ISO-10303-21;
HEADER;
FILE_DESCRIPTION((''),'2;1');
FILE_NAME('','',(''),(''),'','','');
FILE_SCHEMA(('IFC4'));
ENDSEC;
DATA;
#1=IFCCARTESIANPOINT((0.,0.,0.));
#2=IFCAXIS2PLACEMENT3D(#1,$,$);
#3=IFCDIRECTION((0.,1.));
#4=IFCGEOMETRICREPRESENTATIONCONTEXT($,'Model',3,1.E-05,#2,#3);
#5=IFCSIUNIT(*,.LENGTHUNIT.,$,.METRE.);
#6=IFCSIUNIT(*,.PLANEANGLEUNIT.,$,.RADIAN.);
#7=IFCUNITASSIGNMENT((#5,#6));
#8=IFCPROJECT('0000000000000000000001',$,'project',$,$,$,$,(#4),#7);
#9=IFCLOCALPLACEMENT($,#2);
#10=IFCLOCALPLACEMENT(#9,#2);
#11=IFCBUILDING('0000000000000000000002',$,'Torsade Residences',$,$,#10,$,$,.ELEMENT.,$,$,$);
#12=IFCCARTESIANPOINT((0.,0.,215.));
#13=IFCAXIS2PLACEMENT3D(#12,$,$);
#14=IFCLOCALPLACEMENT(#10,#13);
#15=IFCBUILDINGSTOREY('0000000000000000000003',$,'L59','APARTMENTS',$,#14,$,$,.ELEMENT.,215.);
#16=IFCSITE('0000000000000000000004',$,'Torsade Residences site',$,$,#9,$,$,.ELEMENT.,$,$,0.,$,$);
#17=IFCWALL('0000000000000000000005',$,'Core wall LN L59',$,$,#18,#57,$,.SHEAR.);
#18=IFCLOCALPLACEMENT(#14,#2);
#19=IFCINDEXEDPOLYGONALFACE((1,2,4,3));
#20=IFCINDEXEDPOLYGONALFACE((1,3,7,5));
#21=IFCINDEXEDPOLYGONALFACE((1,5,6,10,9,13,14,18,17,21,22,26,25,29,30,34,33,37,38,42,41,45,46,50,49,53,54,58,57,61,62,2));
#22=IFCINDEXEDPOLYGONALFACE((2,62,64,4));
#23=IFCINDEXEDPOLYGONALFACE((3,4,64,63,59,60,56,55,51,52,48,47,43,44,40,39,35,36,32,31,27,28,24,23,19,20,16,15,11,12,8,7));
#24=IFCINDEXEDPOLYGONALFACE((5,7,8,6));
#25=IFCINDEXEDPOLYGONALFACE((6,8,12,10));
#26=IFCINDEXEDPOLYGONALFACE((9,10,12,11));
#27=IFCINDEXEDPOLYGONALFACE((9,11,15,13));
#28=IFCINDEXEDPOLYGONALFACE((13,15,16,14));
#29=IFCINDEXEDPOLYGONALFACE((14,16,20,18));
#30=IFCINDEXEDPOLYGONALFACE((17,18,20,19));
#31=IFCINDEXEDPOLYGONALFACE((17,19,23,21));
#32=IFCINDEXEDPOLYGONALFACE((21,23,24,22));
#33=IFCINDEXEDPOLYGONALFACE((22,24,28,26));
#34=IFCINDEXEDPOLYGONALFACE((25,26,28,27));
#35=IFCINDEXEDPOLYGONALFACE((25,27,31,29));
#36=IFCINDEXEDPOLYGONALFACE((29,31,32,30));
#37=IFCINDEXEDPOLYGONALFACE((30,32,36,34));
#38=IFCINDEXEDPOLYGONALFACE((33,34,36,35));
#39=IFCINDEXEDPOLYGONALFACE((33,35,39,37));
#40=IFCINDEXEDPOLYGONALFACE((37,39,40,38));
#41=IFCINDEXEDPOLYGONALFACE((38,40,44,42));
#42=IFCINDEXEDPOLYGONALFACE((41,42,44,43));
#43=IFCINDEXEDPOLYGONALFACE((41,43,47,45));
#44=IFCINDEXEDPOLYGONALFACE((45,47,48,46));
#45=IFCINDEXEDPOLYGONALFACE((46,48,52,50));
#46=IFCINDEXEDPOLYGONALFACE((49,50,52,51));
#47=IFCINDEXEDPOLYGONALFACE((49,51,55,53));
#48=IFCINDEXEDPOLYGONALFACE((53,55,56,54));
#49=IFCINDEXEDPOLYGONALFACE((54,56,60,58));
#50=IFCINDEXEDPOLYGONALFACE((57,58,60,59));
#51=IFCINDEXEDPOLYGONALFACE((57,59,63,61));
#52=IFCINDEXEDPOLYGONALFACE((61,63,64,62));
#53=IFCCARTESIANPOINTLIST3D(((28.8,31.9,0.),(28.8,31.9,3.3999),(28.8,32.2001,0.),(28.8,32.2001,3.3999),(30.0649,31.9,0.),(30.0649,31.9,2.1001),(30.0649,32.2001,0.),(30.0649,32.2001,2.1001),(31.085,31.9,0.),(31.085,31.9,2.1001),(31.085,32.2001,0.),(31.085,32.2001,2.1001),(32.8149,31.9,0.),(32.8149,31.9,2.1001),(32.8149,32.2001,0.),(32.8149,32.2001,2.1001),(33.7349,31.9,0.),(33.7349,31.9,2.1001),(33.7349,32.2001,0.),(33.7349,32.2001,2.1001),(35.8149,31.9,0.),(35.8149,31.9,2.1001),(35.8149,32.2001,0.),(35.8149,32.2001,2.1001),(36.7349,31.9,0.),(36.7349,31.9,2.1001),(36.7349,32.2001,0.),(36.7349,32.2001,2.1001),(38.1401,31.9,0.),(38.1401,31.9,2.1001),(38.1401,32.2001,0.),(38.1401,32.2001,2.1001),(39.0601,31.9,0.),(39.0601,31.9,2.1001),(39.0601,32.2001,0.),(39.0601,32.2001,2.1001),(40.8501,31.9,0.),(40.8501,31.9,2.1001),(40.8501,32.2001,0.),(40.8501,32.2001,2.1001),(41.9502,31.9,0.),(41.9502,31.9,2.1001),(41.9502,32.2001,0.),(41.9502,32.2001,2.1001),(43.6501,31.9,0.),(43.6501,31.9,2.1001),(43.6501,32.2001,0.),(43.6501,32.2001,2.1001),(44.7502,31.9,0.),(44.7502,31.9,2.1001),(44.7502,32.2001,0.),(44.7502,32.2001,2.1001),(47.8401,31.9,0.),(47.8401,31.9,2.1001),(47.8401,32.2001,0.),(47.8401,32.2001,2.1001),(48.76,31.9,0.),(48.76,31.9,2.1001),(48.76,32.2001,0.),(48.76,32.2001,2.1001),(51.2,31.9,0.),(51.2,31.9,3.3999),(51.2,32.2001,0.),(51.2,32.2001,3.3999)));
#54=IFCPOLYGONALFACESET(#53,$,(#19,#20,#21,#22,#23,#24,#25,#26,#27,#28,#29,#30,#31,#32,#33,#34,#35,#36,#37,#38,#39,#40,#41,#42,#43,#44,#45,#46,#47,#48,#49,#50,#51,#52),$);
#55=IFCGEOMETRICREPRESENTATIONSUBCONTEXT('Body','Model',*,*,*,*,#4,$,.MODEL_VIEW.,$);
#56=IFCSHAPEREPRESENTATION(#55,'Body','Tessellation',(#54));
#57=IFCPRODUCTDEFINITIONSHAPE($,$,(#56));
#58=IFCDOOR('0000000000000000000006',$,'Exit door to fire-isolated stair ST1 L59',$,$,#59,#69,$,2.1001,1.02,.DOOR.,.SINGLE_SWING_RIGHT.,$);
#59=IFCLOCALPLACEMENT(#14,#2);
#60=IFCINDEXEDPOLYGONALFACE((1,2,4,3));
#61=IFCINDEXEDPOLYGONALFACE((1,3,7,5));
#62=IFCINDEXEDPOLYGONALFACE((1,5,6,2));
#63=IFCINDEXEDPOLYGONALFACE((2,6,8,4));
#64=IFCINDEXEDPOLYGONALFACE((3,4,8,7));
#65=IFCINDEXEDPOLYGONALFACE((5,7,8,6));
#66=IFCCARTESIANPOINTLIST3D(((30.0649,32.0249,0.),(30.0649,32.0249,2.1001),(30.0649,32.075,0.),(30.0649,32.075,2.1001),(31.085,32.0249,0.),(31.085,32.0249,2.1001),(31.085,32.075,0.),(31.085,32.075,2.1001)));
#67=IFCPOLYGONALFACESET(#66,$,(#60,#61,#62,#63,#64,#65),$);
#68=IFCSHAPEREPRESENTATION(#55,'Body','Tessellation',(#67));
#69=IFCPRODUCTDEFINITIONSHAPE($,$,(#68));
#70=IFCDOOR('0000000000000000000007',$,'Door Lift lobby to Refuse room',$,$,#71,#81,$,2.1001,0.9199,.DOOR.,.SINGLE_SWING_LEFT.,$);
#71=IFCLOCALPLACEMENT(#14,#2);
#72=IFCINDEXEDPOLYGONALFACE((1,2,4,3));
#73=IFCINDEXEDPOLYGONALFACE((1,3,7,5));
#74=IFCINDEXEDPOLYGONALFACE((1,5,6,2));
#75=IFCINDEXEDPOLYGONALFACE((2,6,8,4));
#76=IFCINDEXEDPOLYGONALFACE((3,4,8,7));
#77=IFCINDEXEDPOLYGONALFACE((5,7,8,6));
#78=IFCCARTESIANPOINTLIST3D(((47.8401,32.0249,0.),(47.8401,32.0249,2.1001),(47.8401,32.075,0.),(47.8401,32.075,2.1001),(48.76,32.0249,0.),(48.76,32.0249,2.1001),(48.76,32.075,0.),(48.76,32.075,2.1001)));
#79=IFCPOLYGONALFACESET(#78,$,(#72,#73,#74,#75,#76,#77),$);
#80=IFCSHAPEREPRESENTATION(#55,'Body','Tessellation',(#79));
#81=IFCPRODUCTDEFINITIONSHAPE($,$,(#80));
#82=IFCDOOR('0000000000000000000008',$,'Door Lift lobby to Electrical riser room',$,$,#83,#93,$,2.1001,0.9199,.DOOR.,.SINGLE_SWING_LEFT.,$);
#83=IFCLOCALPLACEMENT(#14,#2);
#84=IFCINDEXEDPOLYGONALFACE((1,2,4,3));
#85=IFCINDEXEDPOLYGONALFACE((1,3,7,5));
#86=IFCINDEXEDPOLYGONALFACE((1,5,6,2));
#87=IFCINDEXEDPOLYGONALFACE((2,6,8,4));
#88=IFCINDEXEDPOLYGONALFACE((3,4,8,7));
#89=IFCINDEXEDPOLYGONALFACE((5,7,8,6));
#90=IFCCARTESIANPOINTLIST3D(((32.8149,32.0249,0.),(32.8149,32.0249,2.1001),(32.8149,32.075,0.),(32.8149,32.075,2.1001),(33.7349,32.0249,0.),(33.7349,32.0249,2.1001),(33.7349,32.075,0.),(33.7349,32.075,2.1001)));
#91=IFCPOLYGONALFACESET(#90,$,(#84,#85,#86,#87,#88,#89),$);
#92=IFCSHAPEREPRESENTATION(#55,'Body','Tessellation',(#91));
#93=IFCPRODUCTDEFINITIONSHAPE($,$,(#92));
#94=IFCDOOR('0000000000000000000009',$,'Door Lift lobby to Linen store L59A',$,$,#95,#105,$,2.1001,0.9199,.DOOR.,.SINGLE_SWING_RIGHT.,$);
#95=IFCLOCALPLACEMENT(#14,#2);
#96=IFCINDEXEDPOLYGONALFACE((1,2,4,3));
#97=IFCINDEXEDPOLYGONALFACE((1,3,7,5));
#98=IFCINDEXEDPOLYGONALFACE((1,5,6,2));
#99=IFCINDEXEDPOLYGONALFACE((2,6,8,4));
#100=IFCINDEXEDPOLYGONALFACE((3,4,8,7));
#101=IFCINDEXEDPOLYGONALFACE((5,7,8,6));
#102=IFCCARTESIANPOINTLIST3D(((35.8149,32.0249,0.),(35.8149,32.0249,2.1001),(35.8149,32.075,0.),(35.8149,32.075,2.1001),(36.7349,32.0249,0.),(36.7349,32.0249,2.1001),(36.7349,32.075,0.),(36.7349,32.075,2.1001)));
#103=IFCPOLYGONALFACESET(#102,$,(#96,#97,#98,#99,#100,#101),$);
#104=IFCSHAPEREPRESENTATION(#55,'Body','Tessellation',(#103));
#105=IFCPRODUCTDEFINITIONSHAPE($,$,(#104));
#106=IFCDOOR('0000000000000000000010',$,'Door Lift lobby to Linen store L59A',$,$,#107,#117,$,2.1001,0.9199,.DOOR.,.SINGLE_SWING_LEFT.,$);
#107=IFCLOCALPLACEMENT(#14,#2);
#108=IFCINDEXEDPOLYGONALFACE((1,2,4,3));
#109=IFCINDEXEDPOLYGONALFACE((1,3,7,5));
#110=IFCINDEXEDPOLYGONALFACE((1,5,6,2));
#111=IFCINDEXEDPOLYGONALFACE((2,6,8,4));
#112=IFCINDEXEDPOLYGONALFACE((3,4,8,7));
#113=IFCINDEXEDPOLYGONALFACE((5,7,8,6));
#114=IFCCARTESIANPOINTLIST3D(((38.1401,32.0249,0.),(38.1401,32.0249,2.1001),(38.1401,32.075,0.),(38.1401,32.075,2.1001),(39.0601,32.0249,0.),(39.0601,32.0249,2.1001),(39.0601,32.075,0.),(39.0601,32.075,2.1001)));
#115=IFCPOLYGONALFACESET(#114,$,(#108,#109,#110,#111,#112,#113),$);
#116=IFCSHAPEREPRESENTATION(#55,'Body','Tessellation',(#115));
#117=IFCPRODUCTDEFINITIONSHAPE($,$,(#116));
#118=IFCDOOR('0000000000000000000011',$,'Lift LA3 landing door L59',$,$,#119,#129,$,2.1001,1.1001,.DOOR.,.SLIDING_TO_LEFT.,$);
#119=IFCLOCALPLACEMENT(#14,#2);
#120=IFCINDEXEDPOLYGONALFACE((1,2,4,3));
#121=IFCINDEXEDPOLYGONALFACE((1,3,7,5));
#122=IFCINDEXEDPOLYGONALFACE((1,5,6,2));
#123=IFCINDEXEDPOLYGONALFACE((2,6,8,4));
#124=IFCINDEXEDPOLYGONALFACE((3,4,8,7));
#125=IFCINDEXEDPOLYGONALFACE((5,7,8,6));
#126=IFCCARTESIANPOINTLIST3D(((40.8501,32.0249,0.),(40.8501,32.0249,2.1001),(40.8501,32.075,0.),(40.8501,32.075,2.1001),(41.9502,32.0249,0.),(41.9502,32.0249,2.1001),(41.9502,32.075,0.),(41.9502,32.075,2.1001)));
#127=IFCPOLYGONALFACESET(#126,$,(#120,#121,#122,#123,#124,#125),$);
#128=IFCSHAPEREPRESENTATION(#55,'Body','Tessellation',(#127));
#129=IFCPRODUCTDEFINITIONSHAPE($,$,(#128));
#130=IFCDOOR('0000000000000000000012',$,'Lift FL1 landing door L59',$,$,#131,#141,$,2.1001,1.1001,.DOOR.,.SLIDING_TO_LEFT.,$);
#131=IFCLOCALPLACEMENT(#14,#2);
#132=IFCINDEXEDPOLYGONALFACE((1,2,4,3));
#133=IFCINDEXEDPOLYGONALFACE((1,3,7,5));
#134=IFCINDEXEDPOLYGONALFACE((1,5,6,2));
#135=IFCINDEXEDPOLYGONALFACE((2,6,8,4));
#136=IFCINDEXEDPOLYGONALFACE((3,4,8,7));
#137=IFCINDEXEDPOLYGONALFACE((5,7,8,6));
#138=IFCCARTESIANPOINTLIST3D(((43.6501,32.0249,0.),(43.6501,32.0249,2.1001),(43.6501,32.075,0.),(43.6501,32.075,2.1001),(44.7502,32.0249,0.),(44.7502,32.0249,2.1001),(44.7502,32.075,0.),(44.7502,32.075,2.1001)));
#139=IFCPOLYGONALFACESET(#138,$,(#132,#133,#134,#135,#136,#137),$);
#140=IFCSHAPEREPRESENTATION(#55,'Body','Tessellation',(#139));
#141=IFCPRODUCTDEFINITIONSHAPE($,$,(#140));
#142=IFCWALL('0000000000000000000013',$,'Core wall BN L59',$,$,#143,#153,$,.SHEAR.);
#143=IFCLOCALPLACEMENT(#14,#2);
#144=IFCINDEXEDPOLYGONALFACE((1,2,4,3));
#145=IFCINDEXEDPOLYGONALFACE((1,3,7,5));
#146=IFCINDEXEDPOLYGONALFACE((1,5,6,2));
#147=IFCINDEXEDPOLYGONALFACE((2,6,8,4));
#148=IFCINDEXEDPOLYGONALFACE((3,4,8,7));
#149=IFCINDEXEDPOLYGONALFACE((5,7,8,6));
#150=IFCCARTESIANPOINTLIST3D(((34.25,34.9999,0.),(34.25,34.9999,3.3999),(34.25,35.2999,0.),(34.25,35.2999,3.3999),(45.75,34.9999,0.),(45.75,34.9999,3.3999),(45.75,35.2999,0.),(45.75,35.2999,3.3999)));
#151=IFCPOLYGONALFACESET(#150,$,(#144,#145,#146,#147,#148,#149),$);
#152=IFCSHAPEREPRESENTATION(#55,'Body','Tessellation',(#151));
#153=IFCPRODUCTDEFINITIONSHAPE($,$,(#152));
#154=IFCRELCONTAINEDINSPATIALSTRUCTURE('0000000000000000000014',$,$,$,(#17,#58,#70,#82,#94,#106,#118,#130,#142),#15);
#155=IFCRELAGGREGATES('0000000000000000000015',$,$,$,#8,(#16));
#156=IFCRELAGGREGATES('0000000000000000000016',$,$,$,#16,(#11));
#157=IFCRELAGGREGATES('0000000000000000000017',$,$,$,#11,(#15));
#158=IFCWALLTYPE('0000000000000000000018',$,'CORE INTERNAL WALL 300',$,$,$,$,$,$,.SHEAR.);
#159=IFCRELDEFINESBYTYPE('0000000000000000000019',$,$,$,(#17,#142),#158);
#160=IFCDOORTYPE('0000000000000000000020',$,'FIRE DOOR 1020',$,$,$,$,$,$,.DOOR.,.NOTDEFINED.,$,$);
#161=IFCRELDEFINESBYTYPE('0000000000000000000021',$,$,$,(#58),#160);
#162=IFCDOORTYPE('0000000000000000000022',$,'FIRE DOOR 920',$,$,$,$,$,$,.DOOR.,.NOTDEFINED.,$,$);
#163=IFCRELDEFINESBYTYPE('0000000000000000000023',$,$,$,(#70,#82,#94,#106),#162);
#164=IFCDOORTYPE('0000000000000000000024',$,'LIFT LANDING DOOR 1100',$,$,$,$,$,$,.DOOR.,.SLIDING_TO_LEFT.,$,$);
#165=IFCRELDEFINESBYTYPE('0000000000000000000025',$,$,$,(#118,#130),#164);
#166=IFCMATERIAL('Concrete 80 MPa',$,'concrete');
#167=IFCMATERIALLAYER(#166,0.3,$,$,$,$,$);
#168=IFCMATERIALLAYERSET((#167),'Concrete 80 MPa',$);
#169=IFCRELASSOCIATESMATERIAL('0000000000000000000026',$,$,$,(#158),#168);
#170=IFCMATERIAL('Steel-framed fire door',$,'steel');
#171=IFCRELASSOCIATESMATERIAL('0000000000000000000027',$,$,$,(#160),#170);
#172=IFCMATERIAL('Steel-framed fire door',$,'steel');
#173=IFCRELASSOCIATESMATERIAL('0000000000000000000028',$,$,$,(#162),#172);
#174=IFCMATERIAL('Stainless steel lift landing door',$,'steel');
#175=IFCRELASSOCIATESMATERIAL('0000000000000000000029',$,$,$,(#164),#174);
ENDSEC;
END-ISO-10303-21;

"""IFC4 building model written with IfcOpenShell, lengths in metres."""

from ifc_helpers import new_model, si_unit, direction, frame, frame_2d, origin, place, context, subcontext, project, spatial, rectangle, extrude, material, layer, layer_set, type_object, element, fill, save


model = new_model("IFC4")

# Units and contexts
model_context = context("Model", 3, precision=1e-05, world=origin(), true_north=direction((0.0, 1.0)))
body_context = subcontext(model_context, "Body", "Model", "MODEL_VIEW")
ifc_project = project(units=[si_unit("LENGTHUNIT", "METRE"), si_unit("PLANEANGLEUNIT", "RADIAN")], contexts=[model_context])

# Site, building, storey
site_placement = place(None, origin())
site = spatial("IfcSite", under=ifc_project, at=site_placement, Name="Torsade Residences site", CompositionType="ELEMENT", RefElevation=0.0)
building_placement = place(site_placement, origin())
building = spatial("IfcBuilding", under=site, at=building_placement, Name="Torsade Residences", CompositionType="ELEMENT")
storey_placement = place(building_placement, frame((0.0, 0.0, 215.0)))
storey = spatial("IfcBuildingStorey", under=building, at=storey_placement, Name="L59", Description="APARTMENTS", CompositionType="ELEMENT", Elevation=215.0)

# Wall, openings, doors
ifc_material_1 = material(Name="Concrete 80 MPa", Category="concrete")
ifc_layer_1 = layer(ifc_material_1, 0.3)
ifc_layer_set_1 = layer_set([ifc_layer_1], Name="Concrete 80 MPa")
wall_type_1 = type_object("IfcWallType", Name="CORE INTERNAL WALL 300", PredefinedType="SHEAR", material=ifc_layer_set_1)
wall_1_placement = place(storey_placement, frame((28.8, 32.05, 0.0), z_axis=(0.0, 0.0, 1.0), x_axis=(1.0, 0.0, 0.0)))
wall_1 = element("IfcWall", 1, at=wall_1_placement, inside=storey, type_object=wall_type_1, Name="Core wall LN L59", PredefinedType="SHEAR", context=body_context, shape_type="SweptSolid", body=[
    extrude(rectangle(XDim=22.3999, YDim=0.3, at=frame_2d((11.2, 0.0))), origin(), (0.0, 0.0, 1.0), 3.3999),
])
opening_1_placement = place(wall_1_placement, frame((19.04, 0.0, 0.0)))
opening_1 = element("IfcOpeningElement", 2, at=opening_1_placement, cuts=wall_1, PredefinedType="OPENING", context=body_context, shape_type="SweptSolid", body=[
    extrude(rectangle(XDim=0.9199, YDim=2.1001, at=frame_2d((0.46, 1.05))), frame((0.0, 0.1599, 0.0), z_axis=(0.0, -1.0, 0.0), x_axis=(1.0, 0.0, 0.0)), (0.0, 0.0, 1.0), 0.3201),
])
opening_2_placement = place(wall_1_placement, frame((1.2649, 0.0, 0.0)))
opening_2 = element("IfcOpeningElement", 3, at=opening_2_placement, cuts=wall_1, PredefinedType="OPENING", context=body_context, shape_type="SweptSolid", body=[
    extrude(rectangle(XDim=1.02, YDim=2.1001, at=frame_2d((0.51, 1.05))), frame((0.0, 0.1599, 0.0), z_axis=(0.0, -1.0, 0.0), x_axis=(1.0, 0.0, 0.0)), (0.0, 0.0, 1.0), 0.3201),
])
opening_3_placement = place(wall_1_placement, frame((4.0149, 0.0, 0.0)))
opening_3 = element("IfcOpeningElement", 4, at=opening_3_placement, cuts=wall_1, PredefinedType="OPENING", context=body_context, shape_type="SweptSolid", body=[
    extrude(rectangle(XDim=0.9199, YDim=2.1001, at=frame_2d((0.46, 1.05))), frame((0.0, 0.1599, 0.0), z_axis=(0.0, -1.0, 0.0), x_axis=(1.0, 0.0, 0.0)), (0.0, 0.0, 1.0), 0.3201),
])
opening_4_placement = place(wall_1_placement, frame((7.0149, 0.0, 0.0)))
opening_4 = element("IfcOpeningElement", 5, at=opening_4_placement, cuts=wall_1, PredefinedType="OPENING", context=body_context, shape_type="SweptSolid", body=[
    extrude(rectangle(XDim=0.9199, YDim=2.1001, at=frame_2d((0.46, 1.05))), frame((0.0, 0.1599, 0.0), z_axis=(0.0, -1.0, 0.0), x_axis=(1.0, 0.0, 0.0)), (0.0, 0.0, 1.0), 0.3201),
])
opening_5_placement = place(wall_1_placement, frame((9.3401, 0.0, 0.0)))
opening_5 = element("IfcOpeningElement", 6, at=opening_5_placement, cuts=wall_1, PredefinedType="OPENING", context=body_context, shape_type="SweptSolid", body=[
    extrude(rectangle(XDim=0.9199, YDim=2.1001, at=frame_2d((0.46, 1.05))), frame((0.0, 0.1599, 0.0), z_axis=(0.0, -1.0, 0.0), x_axis=(1.0, 0.0, 0.0)), (0.0, 0.0, 1.0), 0.3201),
])
opening_6_placement = place(wall_1_placement, frame((12.05, 0.0, 0.0)))
opening_6 = element("IfcOpeningElement", 7, at=opening_6_placement, cuts=wall_1, PredefinedType="OPENING", context=body_context, shape_type="SweptSolid", body=[
    extrude(rectangle(XDim=1.1001, YDim=2.1001, at=frame_2d((0.55, 1.05))), frame((0.0, 0.1599, 0.0), z_axis=(0.0, -1.0, 0.0), x_axis=(1.0, 0.0, 0.0)), (0.0, 0.0, 1.0), 0.3201),
])
opening_7_placement = place(wall_1_placement, frame((14.8501, 0.0, 0.0)))
opening_7 = element("IfcOpeningElement", 8, at=opening_7_placement, cuts=wall_1, PredefinedType="OPENING", context=body_context, shape_type="SweptSolid", body=[
    extrude(rectangle(XDim=1.1001, YDim=2.1001, at=frame_2d((0.55, 1.05))), frame((0.0, 0.1599, 0.0), z_axis=(0.0, -1.0, 0.0), x_axis=(1.0, 0.0, 0.0)), (0.0, 0.0, 1.0), 0.3201),
])
ifc_material_2 = material(Name="Steel-framed fire door", Category="steel")
door_type_1 = type_object("IfcDoorType", Name="FIRE DOOR 1020", OperationType="NOTDEFINED", PredefinedType="DOOR", material=ifc_material_2)
door_1_placement = place(opening_2_placement, origin())
door_1 = element("IfcDoor", 9, at=door_1_placement, inside=storey, type_object=door_type_1, Name="Exit door to fire-isolated stair ST1 L59", OperationType="SINGLE_SWING_RIGHT", OverallHeight=2.1001, OverallWidth=1.02, PredefinedType="DOOR", context=body_context, shape_type="SweptSolid", body=[
    extrude(rectangle(XDim=1.02, YDim=2.1001, at=frame_2d((0.51, 1.05))), frame((0.0, 0.0249, 0.0), z_axis=(0.0, -1.0, 0.0), x_axis=(1.0, 0.0, 0.0)), (0.0, 0.0, 1.0), 0.05),
])
fill(opening_2, door_1)
ifc_material_3 = material(Name="Steel-framed fire door", Category="steel")
door_type_2 = type_object("IfcDoorType", Name="FIRE DOOR 920", OperationType="NOTDEFINED", PredefinedType="DOOR", material=ifc_material_3)
door_2_placement = place(opening_1_placement, origin())
door_2 = element("IfcDoor", 10, at=door_2_placement, inside=storey, type_object=door_type_2, Name="Door Lift lobby to Refuse room", OperationType="SINGLE_SWING_LEFT", OverallHeight=2.1001, OverallWidth=0.9199, PredefinedType="DOOR", context=body_context, shape_type="SweptSolid", body=[
    extrude(rectangle(XDim=0.9199, YDim=2.1001, at=frame_2d((0.46, 1.05))), frame((0.0, 0.0249, 0.0), z_axis=(0.0, -1.0, 0.0), x_axis=(1.0, 0.0, 0.0)), (0.0, 0.0, 1.0), 0.05),
])
fill(opening_1, door_2)
door_3_placement = place(opening_3_placement, origin())
door_3 = element("IfcDoor", 11, at=door_3_placement, inside=storey, type_object=door_type_2, Name="Door Lift lobby to Electrical riser room", OperationType="SINGLE_SWING_LEFT", OverallHeight=2.1001, OverallWidth=0.9199, PredefinedType="DOOR", context=body_context, shape_type="SweptSolid", body=[
    extrude(rectangle(XDim=0.9199, YDim=2.1001, at=frame_2d((0.46, 1.05))), frame((0.0, 0.0249, 0.0), z_axis=(0.0, -1.0, 0.0), x_axis=(1.0, 0.0, 0.0)), (0.0, 0.0, 1.0), 0.05),
])
fill(opening_3, door_3)
door_4_placement = place(opening_4_placement, origin())
door_4 = element("IfcDoor", 12, at=door_4_placement, inside=storey, type_object=door_type_2, Name="Door Lift lobby to Linen store L59A", OperationType="SINGLE_SWING_RIGHT", OverallHeight=2.1001, OverallWidth=0.9199, PredefinedType="DOOR", context=body_context, shape_type="SweptSolid", body=[
    extrude(rectangle(XDim=0.9199, YDim=2.1001, at=frame_2d((0.46, 1.05))), frame((0.0, 0.0249, 0.0), z_axis=(0.0, -1.0, 0.0), x_axis=(1.0, 0.0, 0.0)), (0.0, 0.0, 1.0), 0.05),
])
fill(opening_4, door_4)
door_5_placement = place(opening_5_placement, origin())
door_5 = element("IfcDoor", 13, at=door_5_placement, inside=storey, type_object=door_type_2, Name="Door Lift lobby to Linen store L59A", OperationType="SINGLE_SWING_LEFT", OverallHeight=2.1001, OverallWidth=0.9199, PredefinedType="DOOR", context=body_context, shape_type="SweptSolid", body=[
    extrude(rectangle(XDim=0.9199, YDim=2.1001, at=frame_2d((0.46, 1.05))), frame((0.0, 0.0249, 0.0), z_axis=(0.0, -1.0, 0.0), x_axis=(1.0, 0.0, 0.0)), (0.0, 0.0, 1.0), 0.05),
])
fill(opening_5, door_5)
ifc_material_4 = material(Name="Stainless steel lift landing door", Category="steel")
door_type_3 = type_object("IfcDoorType", Name="LIFT LANDING DOOR 1100", OperationType="SLIDING_TO_LEFT", PredefinedType="DOOR", material=ifc_material_4)
door_6_placement = place(opening_6_placement, origin())
door_6 = element("IfcDoor", 14, at=door_6_placement, inside=storey, type_object=door_type_3, Name="Lift LA3 landing door L59", OperationType="SLIDING_TO_LEFT", OverallHeight=2.1001, OverallWidth=1.1001, PredefinedType="DOOR", context=body_context, shape_type="SweptSolid", body=[
    extrude(rectangle(XDim=1.1001, YDim=2.1001, at=frame_2d((0.55, 1.05))), frame((0.0, 0.0249, 0.0), z_axis=(0.0, -1.0, 0.0), x_axis=(1.0, 0.0, 0.0)), (0.0, 0.0, 1.0), 0.05),
])
fill(opening_6, door_6)
door_7_placement = place(opening_7_placement, origin())
door_7 = element("IfcDoor", 15, at=door_7_placement, inside=storey, type_object=door_type_3, Name="Lift FL1 landing door L59", OperationType="SLIDING_TO_LEFT", OverallHeight=2.1001, OverallWidth=1.1001, PredefinedType="DOOR", context=body_context, shape_type="SweptSolid", body=[
    extrude(rectangle(XDim=1.1001, YDim=2.1001, at=frame_2d((0.55, 1.05))), frame((0.0, 0.0249, 0.0), z_axis=(0.0, -1.0, 0.0), x_axis=(1.0, 0.0, 0.0)), (0.0, 0.0, 1.0), 0.05),
])
fill(opening_7, door_7)

# Wall
wall_2_placement = place(storey_placement, frame((34.25, 35.1499, 0.0), z_axis=(0.0, 0.0, 1.0), x_axis=(1.0, 0.0, 0.0)))
element("IfcWall", 16, at=wall_2_placement, inside=storey, type_object=wall_type_1, Name="Core wall BN L59", PredefinedType="SHEAR", context=body_context, shape_type="SweptSolid", body=[
    extrude(rectangle(XDim=11.5, YDim=0.3, at=frame_2d((5.75, 0.0))), origin(), (0.0, 0.0, 1.0), 3.3999),
])

save(model, "model.ifc")
